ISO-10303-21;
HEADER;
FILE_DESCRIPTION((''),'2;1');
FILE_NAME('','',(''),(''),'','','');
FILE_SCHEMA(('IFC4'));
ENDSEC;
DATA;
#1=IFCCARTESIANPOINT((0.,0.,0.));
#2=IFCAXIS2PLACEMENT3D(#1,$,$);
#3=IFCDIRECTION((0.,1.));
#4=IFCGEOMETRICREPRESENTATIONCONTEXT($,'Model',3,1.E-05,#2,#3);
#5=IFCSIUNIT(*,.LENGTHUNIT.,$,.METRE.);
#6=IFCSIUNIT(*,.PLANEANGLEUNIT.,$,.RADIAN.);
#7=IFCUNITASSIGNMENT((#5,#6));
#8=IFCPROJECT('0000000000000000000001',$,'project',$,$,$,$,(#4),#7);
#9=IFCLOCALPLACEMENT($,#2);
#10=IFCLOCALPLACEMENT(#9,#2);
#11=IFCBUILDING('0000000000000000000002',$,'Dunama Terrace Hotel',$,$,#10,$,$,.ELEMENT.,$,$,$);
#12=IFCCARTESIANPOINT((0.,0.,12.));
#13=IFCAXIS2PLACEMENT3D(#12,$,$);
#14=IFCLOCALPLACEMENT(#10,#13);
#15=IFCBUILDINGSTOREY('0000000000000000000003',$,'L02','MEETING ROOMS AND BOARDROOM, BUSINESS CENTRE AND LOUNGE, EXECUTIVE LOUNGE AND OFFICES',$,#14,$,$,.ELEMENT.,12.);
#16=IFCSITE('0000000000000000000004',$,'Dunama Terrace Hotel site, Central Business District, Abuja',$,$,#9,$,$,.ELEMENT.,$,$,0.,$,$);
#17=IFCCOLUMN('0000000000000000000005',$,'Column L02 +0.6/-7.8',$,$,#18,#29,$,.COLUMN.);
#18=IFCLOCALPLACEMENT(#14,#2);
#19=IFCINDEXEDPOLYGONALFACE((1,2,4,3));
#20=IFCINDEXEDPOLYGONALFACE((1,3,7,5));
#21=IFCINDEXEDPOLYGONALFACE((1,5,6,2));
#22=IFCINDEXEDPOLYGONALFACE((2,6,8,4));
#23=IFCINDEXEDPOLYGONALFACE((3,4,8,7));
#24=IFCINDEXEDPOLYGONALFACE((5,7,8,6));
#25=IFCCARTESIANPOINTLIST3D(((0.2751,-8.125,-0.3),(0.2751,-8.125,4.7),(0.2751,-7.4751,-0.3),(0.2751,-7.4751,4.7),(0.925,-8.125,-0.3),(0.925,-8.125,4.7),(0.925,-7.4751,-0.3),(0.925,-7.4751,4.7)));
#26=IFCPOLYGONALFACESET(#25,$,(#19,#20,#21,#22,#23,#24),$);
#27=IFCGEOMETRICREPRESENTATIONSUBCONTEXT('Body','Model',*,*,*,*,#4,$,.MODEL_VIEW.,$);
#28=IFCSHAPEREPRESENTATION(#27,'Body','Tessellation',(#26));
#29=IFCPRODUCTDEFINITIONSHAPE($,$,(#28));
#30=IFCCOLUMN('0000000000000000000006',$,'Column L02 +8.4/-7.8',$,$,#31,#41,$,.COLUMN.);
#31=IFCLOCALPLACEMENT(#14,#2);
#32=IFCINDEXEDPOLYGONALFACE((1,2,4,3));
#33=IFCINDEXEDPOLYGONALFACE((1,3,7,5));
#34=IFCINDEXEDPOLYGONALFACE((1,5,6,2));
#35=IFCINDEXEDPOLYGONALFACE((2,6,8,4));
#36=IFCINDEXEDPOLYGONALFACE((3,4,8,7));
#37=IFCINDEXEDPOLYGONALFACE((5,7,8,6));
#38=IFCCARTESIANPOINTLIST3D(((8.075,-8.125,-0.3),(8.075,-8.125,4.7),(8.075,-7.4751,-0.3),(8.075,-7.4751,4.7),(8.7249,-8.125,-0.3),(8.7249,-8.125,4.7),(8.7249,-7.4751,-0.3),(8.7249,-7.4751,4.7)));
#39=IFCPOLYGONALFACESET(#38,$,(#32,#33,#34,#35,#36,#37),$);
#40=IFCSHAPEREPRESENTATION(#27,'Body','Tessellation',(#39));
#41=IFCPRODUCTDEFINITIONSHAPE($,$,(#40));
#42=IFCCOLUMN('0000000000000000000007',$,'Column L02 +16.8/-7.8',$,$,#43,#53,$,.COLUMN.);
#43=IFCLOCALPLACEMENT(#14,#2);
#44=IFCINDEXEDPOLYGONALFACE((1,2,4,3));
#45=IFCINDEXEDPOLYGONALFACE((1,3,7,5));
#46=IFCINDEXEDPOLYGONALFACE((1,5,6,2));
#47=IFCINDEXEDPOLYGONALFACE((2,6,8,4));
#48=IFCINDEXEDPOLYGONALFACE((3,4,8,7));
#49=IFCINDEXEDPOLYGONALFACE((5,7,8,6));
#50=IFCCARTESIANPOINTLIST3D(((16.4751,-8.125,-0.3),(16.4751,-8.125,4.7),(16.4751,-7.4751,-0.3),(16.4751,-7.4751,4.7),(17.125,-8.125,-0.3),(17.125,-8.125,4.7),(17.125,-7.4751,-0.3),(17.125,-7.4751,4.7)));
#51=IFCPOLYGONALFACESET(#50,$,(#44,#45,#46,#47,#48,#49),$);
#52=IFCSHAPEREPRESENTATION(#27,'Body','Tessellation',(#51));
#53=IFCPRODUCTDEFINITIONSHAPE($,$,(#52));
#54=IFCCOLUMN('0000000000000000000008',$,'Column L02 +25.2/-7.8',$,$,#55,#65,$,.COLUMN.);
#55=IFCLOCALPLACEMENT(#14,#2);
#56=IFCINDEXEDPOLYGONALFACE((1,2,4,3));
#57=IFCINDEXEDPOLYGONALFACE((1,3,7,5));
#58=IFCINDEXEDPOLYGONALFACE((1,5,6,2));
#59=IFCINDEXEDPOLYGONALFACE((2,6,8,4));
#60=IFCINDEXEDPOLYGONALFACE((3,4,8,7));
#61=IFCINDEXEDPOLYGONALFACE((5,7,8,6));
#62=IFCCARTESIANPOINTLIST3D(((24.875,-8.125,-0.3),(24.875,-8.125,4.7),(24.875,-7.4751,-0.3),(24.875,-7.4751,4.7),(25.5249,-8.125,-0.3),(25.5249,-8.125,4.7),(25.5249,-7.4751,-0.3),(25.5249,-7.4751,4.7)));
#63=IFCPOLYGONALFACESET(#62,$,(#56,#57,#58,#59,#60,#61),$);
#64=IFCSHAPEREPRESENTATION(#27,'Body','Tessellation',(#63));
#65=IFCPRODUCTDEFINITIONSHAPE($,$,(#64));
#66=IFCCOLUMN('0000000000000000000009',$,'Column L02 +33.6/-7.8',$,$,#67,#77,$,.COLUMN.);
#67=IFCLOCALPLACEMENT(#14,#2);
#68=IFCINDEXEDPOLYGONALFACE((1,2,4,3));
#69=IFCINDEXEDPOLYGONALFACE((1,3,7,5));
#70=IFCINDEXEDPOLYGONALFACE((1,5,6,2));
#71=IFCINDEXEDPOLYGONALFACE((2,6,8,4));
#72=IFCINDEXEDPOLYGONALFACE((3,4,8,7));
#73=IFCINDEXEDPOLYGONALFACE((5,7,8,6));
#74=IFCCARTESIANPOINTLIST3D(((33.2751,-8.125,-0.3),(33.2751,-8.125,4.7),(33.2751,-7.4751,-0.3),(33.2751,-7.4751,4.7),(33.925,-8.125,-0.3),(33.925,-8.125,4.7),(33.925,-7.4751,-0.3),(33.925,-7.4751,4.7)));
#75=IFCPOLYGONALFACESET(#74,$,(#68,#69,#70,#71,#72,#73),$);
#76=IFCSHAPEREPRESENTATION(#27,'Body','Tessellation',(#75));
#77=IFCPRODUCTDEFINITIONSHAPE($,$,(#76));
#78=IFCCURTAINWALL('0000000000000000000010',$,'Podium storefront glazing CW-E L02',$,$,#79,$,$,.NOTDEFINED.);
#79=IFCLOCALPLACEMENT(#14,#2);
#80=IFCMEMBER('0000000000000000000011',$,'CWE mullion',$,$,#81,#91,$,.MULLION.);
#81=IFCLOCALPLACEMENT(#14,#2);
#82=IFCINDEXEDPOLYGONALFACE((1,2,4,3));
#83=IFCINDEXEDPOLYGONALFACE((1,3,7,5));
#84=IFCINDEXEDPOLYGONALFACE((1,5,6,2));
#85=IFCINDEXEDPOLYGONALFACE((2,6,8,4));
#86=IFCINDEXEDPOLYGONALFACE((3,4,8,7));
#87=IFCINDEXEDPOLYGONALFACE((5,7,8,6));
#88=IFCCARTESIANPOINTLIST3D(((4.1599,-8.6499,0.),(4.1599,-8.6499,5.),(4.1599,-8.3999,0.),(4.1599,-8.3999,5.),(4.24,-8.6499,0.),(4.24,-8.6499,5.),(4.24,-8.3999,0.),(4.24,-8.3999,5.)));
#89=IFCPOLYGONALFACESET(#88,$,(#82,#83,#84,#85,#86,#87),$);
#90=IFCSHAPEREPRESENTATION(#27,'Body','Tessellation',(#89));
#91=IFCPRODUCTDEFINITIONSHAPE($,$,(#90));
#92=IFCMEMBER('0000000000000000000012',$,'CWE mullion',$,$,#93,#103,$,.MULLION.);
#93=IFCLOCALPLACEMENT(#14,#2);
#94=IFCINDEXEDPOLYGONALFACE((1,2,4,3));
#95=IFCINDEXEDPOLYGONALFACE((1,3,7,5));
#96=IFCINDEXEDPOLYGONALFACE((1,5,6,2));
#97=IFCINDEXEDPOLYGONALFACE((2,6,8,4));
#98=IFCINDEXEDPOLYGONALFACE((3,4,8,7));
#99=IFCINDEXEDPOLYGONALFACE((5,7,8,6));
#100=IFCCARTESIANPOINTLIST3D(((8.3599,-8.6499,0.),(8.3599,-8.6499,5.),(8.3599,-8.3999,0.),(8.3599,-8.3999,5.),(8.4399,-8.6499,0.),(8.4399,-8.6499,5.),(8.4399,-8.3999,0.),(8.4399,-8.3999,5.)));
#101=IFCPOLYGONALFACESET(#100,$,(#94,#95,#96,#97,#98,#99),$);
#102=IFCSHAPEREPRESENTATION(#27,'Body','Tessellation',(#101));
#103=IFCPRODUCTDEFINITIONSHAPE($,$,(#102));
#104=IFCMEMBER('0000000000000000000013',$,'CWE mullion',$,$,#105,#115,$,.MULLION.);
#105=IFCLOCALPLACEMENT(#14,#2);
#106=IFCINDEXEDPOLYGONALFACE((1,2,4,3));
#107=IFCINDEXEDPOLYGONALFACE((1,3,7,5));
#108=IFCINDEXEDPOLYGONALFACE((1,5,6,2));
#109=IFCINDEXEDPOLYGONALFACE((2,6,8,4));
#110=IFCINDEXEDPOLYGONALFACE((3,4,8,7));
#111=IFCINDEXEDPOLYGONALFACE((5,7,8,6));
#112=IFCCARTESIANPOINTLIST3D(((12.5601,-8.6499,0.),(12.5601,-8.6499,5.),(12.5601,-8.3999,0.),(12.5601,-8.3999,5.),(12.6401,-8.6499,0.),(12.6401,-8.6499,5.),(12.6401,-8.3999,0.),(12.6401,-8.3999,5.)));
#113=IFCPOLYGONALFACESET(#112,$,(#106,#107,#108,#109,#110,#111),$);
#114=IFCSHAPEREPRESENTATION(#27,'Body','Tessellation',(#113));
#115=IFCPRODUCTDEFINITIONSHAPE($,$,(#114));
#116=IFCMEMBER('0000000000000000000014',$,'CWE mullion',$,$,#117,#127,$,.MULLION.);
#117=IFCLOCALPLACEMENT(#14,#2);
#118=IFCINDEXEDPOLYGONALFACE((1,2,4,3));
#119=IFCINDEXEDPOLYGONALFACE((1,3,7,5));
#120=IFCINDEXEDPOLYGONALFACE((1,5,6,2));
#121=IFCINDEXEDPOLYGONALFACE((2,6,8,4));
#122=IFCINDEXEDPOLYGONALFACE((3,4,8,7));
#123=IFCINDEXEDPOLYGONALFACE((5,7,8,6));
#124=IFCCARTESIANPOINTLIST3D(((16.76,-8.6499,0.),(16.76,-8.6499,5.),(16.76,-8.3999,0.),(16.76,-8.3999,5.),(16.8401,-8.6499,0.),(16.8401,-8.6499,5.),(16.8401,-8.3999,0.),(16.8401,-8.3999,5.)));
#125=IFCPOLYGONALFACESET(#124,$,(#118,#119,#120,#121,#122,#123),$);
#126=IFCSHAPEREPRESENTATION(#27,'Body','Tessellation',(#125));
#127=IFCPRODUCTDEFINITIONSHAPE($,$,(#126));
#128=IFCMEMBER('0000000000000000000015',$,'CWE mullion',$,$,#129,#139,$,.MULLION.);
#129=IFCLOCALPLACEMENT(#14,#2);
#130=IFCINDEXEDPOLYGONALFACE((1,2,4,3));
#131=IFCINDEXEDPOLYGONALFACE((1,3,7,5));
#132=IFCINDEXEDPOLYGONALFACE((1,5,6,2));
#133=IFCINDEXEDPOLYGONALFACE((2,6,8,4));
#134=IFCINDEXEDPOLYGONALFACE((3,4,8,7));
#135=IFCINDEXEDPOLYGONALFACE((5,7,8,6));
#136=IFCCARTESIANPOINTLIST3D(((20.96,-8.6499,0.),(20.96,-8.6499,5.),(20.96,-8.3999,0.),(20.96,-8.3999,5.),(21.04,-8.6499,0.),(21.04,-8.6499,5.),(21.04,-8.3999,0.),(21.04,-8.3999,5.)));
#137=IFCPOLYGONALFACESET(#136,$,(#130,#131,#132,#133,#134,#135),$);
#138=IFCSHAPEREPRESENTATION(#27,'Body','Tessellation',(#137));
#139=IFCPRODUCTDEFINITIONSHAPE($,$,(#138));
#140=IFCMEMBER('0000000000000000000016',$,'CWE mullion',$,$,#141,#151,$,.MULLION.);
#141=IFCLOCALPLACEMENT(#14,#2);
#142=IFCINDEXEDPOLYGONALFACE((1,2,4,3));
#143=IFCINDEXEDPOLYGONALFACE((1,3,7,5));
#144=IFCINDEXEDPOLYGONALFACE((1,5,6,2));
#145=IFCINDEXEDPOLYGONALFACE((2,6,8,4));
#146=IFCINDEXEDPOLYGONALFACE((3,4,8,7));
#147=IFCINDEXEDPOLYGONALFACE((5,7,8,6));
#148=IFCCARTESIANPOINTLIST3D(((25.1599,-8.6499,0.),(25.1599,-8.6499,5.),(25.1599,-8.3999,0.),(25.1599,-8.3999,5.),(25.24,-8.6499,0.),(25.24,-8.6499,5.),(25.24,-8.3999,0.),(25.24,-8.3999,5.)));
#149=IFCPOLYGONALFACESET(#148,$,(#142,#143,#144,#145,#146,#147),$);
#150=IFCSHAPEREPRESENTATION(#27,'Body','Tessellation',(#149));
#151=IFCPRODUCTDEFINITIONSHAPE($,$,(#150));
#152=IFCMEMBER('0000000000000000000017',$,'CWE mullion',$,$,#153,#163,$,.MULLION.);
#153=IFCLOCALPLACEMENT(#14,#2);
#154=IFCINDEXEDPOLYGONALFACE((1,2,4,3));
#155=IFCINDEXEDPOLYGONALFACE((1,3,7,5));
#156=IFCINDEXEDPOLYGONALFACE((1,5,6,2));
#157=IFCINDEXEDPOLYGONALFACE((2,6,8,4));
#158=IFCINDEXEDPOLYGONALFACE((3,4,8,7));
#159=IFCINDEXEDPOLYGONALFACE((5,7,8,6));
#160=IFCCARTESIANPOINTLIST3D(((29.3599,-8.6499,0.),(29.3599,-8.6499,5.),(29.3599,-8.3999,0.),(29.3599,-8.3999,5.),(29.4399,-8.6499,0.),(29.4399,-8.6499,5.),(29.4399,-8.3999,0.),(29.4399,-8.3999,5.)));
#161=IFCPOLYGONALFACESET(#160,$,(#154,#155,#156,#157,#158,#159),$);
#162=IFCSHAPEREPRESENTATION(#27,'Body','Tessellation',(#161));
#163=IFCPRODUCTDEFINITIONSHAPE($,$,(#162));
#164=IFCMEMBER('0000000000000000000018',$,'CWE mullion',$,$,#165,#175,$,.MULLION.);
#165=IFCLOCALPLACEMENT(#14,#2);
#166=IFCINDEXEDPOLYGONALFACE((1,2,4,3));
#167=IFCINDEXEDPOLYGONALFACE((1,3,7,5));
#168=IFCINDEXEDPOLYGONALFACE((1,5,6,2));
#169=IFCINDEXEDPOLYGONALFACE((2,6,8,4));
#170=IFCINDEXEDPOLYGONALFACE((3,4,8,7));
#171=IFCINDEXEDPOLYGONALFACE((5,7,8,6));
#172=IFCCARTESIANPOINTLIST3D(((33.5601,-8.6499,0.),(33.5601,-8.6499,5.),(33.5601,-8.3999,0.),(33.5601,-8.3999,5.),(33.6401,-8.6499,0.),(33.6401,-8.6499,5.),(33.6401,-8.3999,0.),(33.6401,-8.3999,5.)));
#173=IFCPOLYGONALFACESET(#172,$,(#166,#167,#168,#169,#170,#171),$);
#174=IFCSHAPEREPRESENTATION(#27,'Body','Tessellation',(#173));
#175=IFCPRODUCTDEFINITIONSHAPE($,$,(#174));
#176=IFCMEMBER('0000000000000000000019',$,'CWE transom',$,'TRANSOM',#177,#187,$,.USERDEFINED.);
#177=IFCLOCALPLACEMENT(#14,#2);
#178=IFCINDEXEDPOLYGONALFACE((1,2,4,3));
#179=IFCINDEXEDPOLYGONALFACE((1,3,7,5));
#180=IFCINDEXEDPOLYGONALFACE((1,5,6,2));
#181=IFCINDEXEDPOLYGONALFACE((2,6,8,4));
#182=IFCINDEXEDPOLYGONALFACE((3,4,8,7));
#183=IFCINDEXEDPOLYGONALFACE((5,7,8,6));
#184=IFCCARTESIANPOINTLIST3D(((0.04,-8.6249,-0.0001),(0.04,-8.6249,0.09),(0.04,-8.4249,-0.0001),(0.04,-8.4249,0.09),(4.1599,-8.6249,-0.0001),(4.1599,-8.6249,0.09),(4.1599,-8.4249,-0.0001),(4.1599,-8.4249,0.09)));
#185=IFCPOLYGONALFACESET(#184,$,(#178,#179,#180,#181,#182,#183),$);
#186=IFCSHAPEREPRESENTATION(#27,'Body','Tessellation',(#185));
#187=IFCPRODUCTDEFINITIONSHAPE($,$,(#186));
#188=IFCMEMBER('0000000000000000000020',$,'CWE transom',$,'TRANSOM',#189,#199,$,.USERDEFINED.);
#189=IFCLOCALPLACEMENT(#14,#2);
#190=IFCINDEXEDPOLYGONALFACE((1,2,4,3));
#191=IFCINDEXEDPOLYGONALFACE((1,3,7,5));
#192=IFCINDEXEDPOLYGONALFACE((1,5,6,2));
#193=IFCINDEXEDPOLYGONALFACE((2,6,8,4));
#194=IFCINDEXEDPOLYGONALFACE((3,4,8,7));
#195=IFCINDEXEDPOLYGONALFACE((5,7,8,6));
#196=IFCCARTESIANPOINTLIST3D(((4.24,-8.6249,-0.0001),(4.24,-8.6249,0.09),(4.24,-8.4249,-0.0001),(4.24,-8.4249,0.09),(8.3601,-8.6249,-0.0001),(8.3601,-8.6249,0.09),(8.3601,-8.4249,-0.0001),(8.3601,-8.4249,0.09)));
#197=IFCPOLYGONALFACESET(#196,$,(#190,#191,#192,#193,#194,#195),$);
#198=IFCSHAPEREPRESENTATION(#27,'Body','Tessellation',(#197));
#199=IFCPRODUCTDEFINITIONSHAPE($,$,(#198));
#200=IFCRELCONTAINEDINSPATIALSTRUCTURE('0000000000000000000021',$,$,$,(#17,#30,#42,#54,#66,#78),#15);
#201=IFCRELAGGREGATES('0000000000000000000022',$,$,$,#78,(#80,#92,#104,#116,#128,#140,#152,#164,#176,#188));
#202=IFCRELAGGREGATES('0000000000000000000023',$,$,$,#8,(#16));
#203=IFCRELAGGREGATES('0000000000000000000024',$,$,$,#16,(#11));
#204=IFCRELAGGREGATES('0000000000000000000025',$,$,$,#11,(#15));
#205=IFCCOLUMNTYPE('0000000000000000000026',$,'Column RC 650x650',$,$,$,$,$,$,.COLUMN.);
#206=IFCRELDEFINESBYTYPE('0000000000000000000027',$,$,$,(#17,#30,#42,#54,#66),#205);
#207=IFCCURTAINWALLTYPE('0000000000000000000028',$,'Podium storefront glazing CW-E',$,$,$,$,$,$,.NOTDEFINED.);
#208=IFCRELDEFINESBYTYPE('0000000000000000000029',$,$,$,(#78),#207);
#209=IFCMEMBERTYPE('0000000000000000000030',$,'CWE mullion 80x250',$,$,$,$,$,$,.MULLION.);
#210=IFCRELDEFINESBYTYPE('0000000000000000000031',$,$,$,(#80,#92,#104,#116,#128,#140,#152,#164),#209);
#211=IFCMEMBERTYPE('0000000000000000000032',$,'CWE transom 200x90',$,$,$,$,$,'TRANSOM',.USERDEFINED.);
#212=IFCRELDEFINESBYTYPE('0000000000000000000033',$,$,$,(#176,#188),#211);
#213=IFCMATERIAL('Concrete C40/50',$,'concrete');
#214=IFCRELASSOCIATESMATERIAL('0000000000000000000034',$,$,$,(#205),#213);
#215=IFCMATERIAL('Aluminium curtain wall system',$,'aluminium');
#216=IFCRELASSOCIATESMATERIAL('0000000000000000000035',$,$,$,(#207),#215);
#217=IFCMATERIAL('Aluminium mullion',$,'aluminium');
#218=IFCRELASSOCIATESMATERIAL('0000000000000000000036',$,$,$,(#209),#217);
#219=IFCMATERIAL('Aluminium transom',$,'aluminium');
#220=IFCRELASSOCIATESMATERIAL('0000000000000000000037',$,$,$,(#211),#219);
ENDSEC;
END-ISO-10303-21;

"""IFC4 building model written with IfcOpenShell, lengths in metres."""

from ifc_helpers import new_model, si_unit, direction, frame, origin, origin_2d, place, context, subcontext, project, spatial, rectangle, extrude, material, material_profile, profile_set, type_object, element, aggregate, save


model = new_model("IFC4")

# Units and contexts
model_context = context("Model", 3, precision=1e-05, world=origin(), true_north=direction((0.0, 1.0)))
body_context = subcontext(model_context, "Body", "Model", "MODEL_VIEW")
ifc_project = project(units=[si_unit("LENGTHUNIT", "METRE"), si_unit("PLANEANGLEUNIT", "RADIAN")], contexts=[model_context])

# Site, building, storey
site_placement = place(None, origin())
site = spatial("IfcSite", under=ifc_project, at=site_placement, Name="Dunama Terrace Hotel site, Central Business District, Abuja", CompositionType="ELEMENT", RefElevation=0.0)
building_placement = place(site_placement, origin())
building = spatial("IfcBuilding", under=site, at=building_placement, Name="Dunama Terrace Hotel", CompositionType="ELEMENT")
storey_placement = place(building_placement, frame((0.0, 0.0, 12.0)))
storey = spatial("IfcBuildingStorey", under=building, at=storey_placement, Name="L02", Description="MEETING ROOMS AND BOARDROOM, BUSINESS CENTRE AND LOUNGE, EXECUTIVE LOUNGE AND OFFICES", CompositionType="ELEMENT", Elevation=12.0)

# Columns
ifc_material_1 = material(Name="Concrete C40/50", Category="concrete")
ifc_material_profile_1 = material_profile(ifc_material_1, rectangle(XDim=0.6499, YDim=0.6499, at=origin_2d()), Name="RC 650x650")
ifc_profile_set_1 = profile_set([ifc_material_profile_1], Name="Concrete C40/50")
column_type = type_object("IfcColumnType", Name="Column RC 650x650", PredefinedType="COLUMN", material=ifc_profile_set_1)
for number, where, z_axis, x_axis, name in (
    (1, (0.6001, -7.8, -0.3), (0.0, 0.0, 1.0), (1.0, 0.0, 0.0), "Column L02 +0.6/-7.8"),
    (2, (8.3999, -7.8, -0.3), (0.0, 0.0, 1.0), (1.0, 0.0, 0.0), "Column L02 +8.4/-7.8"),
    (3, (16.8, -7.8, -0.3), (0.0, 0.0, 1.0), (1.0, 0.0, 0.0), "Column L02 +16.8/-7.8"),
    (4, (25.2, -7.8, -0.3), (0.0, 0.0, 1.0), (1.0, 0.0, 0.0), "Column L02 +25.2/-7.8"),
    (5, (33.6001, -7.8, -0.3), (0.0, 0.0, 1.0), (1.0, 0.0, 0.0), "Column L02 +33.6/-7.8"),
):
    element("IfcColumn", number, at=place(storey_placement, frame(where, z_axis=z_axis, x_axis=x_axis)), inside=storey, type_object=column_type, Name=name, PredefinedType="COLUMN", context=body_context, shape_type="SweptSolid", body=[
        extrude(rectangle(XDim=0.6499, YDim=0.6499, at=origin_2d()), origin(), (0.0, 0.0, 1.0), 5.0),
    ])

# Curtain wall, members
ifc_material_2 = material(Name="Aluminium curtain wall system", Category="aluminium")
curtain_wall_type = type_object("IfcCurtainWallType", Name="Podium storefront glazing CW-E", PredefinedType="NOTDEFINED", material=ifc_material_2)
curtain_wall_placement = place(storey_placement, origin())
curtain_wall = element("IfcCurtainWall", 6, at=curtain_wall_placement, inside=storey, type_object=curtain_wall_type, Name="Podium storefront glazing CW-E L02", PredefinedType="NOTDEFINED")
ifc_material_3 = material(Name="Aluminium mullion", Category="aluminium")
ifc_material_profile_2 = material_profile(ifc_material_3, rectangle(XDim=0.0801, YDim=0.25, at=origin_2d()), Name="CWE MULLION 80X250")
ifc_profile_set_2 = profile_set([ifc_material_profile_2], Name="Aluminium mullion")
member_type_1 = type_object("IfcMemberType", Name="CWE mullion 80x250", PredefinedType="MULLION", material=ifc_profile_set_2)
member_1_placement = place(storey_placement, frame((4.2, -8.5249, 0.0), z_axis=(0.0, 0.0, 1.0), x_axis=(1.0, 0.0, 0.0)))
member_1 = element("IfcMember", 7, at=member_1_placement, type_object=member_type_1, Name="CWE mullion", PredefinedType="MULLION", context=body_context, shape_type="SweptSolid", body=[
    extrude(rectangle(XDim=0.0801, YDim=0.25, at=origin_2d()), origin(), (0.0, 0.0, 1.0), 5.0),
])
member_2_placement = place(storey_placement, frame((8.3999, -8.5249, 0.0), z_axis=(0.0, 0.0, 1.0), x_axis=(1.0, 0.0, 0.0)))
member_2 = element("IfcMember", 8, at=member_2_placement, type_object=member_type_1, Name="CWE mullion", PredefinedType="MULLION", context=body_context, shape_type="SweptSolid", body=[
    extrude(rectangle(XDim=0.0801, YDim=0.25, at=origin_2d()), origin(), (0.0, 0.0, 1.0), 5.0),
])
member_3_placement = place(storey_placement, frame((12.6001, -8.5249, 0.0), z_axis=(0.0, 0.0, 1.0), x_axis=(1.0, 0.0, 0.0)))
member_3 = element("IfcMember", 9, at=member_3_placement, type_object=member_type_1, Name="CWE mullion", PredefinedType="MULLION", context=body_context, shape_type="SweptSolid", body=[
    extrude(rectangle(XDim=0.0801, YDim=0.25, at=origin_2d()), origin(), (0.0, 0.0, 1.0), 5.0),
])
member_4_placement = place(storey_placement, frame((16.8, -8.5249, 0.0), z_axis=(0.0, 0.0, 1.0), x_axis=(1.0, 0.0, 0.0)))
member_4 = element("IfcMember", 10, at=member_4_placement, type_object=member_type_1, Name="CWE mullion", PredefinedType="MULLION", context=body_context, shape_type="SweptSolid", body=[
    extrude(rectangle(XDim=0.0801, YDim=0.25, at=origin_2d()), origin(), (0.0, 0.0, 1.0), 5.0),
])
member_5_placement = place(storey_placement, frame((21.0, -8.5249, 0.0), z_axis=(0.0, 0.0, 1.0), x_axis=(1.0, 0.0, 0.0)))
member_5 = element("IfcMember", 11, at=member_5_placement, type_object=member_type_1, Name="CWE mullion", PredefinedType="MULLION", context=body_context, shape_type="SweptSolid", body=[
    extrude(rectangle(XDim=0.0801, YDim=0.25, at=origin_2d()), origin(), (0.0, 0.0, 1.0), 5.0),
])
member_6_placement = place(storey_placement, frame((25.2, -8.5249, 0.0), z_axis=(0.0, 0.0, 1.0), x_axis=(1.0, 0.0, 0.0)))
member_6 = element("IfcMember", 12, at=member_6_placement, type_object=member_type_1, Name="CWE mullion", PredefinedType="MULLION", context=body_context, shape_type="SweptSolid", body=[
    extrude(rectangle(XDim=0.0801, YDim=0.25, at=origin_2d()), origin(), (0.0, 0.0, 1.0), 5.0),
])
member_7_placement = place(storey_placement, frame((29.3999, -8.5249, 0.0), z_axis=(0.0, 0.0, 1.0), x_axis=(1.0, 0.0, 0.0)))
member_7 = element("IfcMember", 13, at=member_7_placement, type_object=member_type_1, Name="CWE mullion", PredefinedType="MULLION", context=body_context, shape_type="SweptSolid", body=[
    extrude(rectangle(XDim=0.0801, YDim=0.25, at=origin_2d()), origin(), (0.0, 0.0, 1.0), 5.0),
])
member_8_placement = place(storey_placement, frame((33.6001, -8.5249, 0.0), z_axis=(0.0, 0.0, 1.0), x_axis=(1.0, 0.0, 0.0)))
member_8 = element("IfcMember", 14, at=member_8_placement, type_object=member_type_1, Name="CWE mullion", PredefinedType="MULLION", context=body_context, shape_type="SweptSolid", body=[
    extrude(rectangle(XDim=0.0801, YDim=0.25, at=origin_2d()), origin(), (0.0, 0.0, 1.0), 5.0),
])
ifc_material_4 = material(Name="Aluminium transom", Category="aluminium")
ifc_material_profile_3 = material_profile(ifc_material_4, rectangle(XDim=0.2, YDim=0.0901, at=origin_2d()), Name="CWE TRANSOM 200X90")
ifc_profile_set_3 = profile_set([ifc_material_profile_3], Name="Aluminium transom")
member_type_2 = type_object("IfcMemberType", Name="CWE transom 200x90", ElementType="TRANSOM", PredefinedType="USERDEFINED", material=ifc_profile_set_3)
member_9_placement = place(storey_placement, frame((0.04, -8.5249, 0.0449), z_axis=(1.0, 0.0, 0.0), x_axis=(0.0, 1.0, 0.0)))
member_9 = element("IfcMember", 15, at=member_9_placement, type_object=member_type_2, Name="CWE transom", ObjectType="TRANSOM", PredefinedType="USERDEFINED", context=body_context, shape_type="SweptSolid", body=[
    extrude(rectangle(XDim=0.2, YDim=0.0901, at=origin_2d()), origin(), (0.0, 0.0, 1.0), 4.1199),
])
member_10_placement = place(storey_placement, frame((4.24, -8.5249, 0.0449), z_axis=(1.0, 0.0, 0.0), x_axis=(0.0, 1.0, 0.0)))
member_10 = element("IfcMember", 16, at=member_10_placement, type_object=member_type_2, Name="CWE transom", ObjectType="TRANSOM", PredefinedType="USERDEFINED", context=body_context, shape_type="SweptSolid", body=[
    extrude(rectangle(XDim=0.2, YDim=0.0901, at=origin_2d()), origin(), (0.0, 0.0, 1.0), 4.1201),
])
aggregate(curtain_wall, [member_1, member_2, member_3, member_4, member_5, member_6, member_7, member_8, member_9, member_10])

save(model, "model.ifc")
